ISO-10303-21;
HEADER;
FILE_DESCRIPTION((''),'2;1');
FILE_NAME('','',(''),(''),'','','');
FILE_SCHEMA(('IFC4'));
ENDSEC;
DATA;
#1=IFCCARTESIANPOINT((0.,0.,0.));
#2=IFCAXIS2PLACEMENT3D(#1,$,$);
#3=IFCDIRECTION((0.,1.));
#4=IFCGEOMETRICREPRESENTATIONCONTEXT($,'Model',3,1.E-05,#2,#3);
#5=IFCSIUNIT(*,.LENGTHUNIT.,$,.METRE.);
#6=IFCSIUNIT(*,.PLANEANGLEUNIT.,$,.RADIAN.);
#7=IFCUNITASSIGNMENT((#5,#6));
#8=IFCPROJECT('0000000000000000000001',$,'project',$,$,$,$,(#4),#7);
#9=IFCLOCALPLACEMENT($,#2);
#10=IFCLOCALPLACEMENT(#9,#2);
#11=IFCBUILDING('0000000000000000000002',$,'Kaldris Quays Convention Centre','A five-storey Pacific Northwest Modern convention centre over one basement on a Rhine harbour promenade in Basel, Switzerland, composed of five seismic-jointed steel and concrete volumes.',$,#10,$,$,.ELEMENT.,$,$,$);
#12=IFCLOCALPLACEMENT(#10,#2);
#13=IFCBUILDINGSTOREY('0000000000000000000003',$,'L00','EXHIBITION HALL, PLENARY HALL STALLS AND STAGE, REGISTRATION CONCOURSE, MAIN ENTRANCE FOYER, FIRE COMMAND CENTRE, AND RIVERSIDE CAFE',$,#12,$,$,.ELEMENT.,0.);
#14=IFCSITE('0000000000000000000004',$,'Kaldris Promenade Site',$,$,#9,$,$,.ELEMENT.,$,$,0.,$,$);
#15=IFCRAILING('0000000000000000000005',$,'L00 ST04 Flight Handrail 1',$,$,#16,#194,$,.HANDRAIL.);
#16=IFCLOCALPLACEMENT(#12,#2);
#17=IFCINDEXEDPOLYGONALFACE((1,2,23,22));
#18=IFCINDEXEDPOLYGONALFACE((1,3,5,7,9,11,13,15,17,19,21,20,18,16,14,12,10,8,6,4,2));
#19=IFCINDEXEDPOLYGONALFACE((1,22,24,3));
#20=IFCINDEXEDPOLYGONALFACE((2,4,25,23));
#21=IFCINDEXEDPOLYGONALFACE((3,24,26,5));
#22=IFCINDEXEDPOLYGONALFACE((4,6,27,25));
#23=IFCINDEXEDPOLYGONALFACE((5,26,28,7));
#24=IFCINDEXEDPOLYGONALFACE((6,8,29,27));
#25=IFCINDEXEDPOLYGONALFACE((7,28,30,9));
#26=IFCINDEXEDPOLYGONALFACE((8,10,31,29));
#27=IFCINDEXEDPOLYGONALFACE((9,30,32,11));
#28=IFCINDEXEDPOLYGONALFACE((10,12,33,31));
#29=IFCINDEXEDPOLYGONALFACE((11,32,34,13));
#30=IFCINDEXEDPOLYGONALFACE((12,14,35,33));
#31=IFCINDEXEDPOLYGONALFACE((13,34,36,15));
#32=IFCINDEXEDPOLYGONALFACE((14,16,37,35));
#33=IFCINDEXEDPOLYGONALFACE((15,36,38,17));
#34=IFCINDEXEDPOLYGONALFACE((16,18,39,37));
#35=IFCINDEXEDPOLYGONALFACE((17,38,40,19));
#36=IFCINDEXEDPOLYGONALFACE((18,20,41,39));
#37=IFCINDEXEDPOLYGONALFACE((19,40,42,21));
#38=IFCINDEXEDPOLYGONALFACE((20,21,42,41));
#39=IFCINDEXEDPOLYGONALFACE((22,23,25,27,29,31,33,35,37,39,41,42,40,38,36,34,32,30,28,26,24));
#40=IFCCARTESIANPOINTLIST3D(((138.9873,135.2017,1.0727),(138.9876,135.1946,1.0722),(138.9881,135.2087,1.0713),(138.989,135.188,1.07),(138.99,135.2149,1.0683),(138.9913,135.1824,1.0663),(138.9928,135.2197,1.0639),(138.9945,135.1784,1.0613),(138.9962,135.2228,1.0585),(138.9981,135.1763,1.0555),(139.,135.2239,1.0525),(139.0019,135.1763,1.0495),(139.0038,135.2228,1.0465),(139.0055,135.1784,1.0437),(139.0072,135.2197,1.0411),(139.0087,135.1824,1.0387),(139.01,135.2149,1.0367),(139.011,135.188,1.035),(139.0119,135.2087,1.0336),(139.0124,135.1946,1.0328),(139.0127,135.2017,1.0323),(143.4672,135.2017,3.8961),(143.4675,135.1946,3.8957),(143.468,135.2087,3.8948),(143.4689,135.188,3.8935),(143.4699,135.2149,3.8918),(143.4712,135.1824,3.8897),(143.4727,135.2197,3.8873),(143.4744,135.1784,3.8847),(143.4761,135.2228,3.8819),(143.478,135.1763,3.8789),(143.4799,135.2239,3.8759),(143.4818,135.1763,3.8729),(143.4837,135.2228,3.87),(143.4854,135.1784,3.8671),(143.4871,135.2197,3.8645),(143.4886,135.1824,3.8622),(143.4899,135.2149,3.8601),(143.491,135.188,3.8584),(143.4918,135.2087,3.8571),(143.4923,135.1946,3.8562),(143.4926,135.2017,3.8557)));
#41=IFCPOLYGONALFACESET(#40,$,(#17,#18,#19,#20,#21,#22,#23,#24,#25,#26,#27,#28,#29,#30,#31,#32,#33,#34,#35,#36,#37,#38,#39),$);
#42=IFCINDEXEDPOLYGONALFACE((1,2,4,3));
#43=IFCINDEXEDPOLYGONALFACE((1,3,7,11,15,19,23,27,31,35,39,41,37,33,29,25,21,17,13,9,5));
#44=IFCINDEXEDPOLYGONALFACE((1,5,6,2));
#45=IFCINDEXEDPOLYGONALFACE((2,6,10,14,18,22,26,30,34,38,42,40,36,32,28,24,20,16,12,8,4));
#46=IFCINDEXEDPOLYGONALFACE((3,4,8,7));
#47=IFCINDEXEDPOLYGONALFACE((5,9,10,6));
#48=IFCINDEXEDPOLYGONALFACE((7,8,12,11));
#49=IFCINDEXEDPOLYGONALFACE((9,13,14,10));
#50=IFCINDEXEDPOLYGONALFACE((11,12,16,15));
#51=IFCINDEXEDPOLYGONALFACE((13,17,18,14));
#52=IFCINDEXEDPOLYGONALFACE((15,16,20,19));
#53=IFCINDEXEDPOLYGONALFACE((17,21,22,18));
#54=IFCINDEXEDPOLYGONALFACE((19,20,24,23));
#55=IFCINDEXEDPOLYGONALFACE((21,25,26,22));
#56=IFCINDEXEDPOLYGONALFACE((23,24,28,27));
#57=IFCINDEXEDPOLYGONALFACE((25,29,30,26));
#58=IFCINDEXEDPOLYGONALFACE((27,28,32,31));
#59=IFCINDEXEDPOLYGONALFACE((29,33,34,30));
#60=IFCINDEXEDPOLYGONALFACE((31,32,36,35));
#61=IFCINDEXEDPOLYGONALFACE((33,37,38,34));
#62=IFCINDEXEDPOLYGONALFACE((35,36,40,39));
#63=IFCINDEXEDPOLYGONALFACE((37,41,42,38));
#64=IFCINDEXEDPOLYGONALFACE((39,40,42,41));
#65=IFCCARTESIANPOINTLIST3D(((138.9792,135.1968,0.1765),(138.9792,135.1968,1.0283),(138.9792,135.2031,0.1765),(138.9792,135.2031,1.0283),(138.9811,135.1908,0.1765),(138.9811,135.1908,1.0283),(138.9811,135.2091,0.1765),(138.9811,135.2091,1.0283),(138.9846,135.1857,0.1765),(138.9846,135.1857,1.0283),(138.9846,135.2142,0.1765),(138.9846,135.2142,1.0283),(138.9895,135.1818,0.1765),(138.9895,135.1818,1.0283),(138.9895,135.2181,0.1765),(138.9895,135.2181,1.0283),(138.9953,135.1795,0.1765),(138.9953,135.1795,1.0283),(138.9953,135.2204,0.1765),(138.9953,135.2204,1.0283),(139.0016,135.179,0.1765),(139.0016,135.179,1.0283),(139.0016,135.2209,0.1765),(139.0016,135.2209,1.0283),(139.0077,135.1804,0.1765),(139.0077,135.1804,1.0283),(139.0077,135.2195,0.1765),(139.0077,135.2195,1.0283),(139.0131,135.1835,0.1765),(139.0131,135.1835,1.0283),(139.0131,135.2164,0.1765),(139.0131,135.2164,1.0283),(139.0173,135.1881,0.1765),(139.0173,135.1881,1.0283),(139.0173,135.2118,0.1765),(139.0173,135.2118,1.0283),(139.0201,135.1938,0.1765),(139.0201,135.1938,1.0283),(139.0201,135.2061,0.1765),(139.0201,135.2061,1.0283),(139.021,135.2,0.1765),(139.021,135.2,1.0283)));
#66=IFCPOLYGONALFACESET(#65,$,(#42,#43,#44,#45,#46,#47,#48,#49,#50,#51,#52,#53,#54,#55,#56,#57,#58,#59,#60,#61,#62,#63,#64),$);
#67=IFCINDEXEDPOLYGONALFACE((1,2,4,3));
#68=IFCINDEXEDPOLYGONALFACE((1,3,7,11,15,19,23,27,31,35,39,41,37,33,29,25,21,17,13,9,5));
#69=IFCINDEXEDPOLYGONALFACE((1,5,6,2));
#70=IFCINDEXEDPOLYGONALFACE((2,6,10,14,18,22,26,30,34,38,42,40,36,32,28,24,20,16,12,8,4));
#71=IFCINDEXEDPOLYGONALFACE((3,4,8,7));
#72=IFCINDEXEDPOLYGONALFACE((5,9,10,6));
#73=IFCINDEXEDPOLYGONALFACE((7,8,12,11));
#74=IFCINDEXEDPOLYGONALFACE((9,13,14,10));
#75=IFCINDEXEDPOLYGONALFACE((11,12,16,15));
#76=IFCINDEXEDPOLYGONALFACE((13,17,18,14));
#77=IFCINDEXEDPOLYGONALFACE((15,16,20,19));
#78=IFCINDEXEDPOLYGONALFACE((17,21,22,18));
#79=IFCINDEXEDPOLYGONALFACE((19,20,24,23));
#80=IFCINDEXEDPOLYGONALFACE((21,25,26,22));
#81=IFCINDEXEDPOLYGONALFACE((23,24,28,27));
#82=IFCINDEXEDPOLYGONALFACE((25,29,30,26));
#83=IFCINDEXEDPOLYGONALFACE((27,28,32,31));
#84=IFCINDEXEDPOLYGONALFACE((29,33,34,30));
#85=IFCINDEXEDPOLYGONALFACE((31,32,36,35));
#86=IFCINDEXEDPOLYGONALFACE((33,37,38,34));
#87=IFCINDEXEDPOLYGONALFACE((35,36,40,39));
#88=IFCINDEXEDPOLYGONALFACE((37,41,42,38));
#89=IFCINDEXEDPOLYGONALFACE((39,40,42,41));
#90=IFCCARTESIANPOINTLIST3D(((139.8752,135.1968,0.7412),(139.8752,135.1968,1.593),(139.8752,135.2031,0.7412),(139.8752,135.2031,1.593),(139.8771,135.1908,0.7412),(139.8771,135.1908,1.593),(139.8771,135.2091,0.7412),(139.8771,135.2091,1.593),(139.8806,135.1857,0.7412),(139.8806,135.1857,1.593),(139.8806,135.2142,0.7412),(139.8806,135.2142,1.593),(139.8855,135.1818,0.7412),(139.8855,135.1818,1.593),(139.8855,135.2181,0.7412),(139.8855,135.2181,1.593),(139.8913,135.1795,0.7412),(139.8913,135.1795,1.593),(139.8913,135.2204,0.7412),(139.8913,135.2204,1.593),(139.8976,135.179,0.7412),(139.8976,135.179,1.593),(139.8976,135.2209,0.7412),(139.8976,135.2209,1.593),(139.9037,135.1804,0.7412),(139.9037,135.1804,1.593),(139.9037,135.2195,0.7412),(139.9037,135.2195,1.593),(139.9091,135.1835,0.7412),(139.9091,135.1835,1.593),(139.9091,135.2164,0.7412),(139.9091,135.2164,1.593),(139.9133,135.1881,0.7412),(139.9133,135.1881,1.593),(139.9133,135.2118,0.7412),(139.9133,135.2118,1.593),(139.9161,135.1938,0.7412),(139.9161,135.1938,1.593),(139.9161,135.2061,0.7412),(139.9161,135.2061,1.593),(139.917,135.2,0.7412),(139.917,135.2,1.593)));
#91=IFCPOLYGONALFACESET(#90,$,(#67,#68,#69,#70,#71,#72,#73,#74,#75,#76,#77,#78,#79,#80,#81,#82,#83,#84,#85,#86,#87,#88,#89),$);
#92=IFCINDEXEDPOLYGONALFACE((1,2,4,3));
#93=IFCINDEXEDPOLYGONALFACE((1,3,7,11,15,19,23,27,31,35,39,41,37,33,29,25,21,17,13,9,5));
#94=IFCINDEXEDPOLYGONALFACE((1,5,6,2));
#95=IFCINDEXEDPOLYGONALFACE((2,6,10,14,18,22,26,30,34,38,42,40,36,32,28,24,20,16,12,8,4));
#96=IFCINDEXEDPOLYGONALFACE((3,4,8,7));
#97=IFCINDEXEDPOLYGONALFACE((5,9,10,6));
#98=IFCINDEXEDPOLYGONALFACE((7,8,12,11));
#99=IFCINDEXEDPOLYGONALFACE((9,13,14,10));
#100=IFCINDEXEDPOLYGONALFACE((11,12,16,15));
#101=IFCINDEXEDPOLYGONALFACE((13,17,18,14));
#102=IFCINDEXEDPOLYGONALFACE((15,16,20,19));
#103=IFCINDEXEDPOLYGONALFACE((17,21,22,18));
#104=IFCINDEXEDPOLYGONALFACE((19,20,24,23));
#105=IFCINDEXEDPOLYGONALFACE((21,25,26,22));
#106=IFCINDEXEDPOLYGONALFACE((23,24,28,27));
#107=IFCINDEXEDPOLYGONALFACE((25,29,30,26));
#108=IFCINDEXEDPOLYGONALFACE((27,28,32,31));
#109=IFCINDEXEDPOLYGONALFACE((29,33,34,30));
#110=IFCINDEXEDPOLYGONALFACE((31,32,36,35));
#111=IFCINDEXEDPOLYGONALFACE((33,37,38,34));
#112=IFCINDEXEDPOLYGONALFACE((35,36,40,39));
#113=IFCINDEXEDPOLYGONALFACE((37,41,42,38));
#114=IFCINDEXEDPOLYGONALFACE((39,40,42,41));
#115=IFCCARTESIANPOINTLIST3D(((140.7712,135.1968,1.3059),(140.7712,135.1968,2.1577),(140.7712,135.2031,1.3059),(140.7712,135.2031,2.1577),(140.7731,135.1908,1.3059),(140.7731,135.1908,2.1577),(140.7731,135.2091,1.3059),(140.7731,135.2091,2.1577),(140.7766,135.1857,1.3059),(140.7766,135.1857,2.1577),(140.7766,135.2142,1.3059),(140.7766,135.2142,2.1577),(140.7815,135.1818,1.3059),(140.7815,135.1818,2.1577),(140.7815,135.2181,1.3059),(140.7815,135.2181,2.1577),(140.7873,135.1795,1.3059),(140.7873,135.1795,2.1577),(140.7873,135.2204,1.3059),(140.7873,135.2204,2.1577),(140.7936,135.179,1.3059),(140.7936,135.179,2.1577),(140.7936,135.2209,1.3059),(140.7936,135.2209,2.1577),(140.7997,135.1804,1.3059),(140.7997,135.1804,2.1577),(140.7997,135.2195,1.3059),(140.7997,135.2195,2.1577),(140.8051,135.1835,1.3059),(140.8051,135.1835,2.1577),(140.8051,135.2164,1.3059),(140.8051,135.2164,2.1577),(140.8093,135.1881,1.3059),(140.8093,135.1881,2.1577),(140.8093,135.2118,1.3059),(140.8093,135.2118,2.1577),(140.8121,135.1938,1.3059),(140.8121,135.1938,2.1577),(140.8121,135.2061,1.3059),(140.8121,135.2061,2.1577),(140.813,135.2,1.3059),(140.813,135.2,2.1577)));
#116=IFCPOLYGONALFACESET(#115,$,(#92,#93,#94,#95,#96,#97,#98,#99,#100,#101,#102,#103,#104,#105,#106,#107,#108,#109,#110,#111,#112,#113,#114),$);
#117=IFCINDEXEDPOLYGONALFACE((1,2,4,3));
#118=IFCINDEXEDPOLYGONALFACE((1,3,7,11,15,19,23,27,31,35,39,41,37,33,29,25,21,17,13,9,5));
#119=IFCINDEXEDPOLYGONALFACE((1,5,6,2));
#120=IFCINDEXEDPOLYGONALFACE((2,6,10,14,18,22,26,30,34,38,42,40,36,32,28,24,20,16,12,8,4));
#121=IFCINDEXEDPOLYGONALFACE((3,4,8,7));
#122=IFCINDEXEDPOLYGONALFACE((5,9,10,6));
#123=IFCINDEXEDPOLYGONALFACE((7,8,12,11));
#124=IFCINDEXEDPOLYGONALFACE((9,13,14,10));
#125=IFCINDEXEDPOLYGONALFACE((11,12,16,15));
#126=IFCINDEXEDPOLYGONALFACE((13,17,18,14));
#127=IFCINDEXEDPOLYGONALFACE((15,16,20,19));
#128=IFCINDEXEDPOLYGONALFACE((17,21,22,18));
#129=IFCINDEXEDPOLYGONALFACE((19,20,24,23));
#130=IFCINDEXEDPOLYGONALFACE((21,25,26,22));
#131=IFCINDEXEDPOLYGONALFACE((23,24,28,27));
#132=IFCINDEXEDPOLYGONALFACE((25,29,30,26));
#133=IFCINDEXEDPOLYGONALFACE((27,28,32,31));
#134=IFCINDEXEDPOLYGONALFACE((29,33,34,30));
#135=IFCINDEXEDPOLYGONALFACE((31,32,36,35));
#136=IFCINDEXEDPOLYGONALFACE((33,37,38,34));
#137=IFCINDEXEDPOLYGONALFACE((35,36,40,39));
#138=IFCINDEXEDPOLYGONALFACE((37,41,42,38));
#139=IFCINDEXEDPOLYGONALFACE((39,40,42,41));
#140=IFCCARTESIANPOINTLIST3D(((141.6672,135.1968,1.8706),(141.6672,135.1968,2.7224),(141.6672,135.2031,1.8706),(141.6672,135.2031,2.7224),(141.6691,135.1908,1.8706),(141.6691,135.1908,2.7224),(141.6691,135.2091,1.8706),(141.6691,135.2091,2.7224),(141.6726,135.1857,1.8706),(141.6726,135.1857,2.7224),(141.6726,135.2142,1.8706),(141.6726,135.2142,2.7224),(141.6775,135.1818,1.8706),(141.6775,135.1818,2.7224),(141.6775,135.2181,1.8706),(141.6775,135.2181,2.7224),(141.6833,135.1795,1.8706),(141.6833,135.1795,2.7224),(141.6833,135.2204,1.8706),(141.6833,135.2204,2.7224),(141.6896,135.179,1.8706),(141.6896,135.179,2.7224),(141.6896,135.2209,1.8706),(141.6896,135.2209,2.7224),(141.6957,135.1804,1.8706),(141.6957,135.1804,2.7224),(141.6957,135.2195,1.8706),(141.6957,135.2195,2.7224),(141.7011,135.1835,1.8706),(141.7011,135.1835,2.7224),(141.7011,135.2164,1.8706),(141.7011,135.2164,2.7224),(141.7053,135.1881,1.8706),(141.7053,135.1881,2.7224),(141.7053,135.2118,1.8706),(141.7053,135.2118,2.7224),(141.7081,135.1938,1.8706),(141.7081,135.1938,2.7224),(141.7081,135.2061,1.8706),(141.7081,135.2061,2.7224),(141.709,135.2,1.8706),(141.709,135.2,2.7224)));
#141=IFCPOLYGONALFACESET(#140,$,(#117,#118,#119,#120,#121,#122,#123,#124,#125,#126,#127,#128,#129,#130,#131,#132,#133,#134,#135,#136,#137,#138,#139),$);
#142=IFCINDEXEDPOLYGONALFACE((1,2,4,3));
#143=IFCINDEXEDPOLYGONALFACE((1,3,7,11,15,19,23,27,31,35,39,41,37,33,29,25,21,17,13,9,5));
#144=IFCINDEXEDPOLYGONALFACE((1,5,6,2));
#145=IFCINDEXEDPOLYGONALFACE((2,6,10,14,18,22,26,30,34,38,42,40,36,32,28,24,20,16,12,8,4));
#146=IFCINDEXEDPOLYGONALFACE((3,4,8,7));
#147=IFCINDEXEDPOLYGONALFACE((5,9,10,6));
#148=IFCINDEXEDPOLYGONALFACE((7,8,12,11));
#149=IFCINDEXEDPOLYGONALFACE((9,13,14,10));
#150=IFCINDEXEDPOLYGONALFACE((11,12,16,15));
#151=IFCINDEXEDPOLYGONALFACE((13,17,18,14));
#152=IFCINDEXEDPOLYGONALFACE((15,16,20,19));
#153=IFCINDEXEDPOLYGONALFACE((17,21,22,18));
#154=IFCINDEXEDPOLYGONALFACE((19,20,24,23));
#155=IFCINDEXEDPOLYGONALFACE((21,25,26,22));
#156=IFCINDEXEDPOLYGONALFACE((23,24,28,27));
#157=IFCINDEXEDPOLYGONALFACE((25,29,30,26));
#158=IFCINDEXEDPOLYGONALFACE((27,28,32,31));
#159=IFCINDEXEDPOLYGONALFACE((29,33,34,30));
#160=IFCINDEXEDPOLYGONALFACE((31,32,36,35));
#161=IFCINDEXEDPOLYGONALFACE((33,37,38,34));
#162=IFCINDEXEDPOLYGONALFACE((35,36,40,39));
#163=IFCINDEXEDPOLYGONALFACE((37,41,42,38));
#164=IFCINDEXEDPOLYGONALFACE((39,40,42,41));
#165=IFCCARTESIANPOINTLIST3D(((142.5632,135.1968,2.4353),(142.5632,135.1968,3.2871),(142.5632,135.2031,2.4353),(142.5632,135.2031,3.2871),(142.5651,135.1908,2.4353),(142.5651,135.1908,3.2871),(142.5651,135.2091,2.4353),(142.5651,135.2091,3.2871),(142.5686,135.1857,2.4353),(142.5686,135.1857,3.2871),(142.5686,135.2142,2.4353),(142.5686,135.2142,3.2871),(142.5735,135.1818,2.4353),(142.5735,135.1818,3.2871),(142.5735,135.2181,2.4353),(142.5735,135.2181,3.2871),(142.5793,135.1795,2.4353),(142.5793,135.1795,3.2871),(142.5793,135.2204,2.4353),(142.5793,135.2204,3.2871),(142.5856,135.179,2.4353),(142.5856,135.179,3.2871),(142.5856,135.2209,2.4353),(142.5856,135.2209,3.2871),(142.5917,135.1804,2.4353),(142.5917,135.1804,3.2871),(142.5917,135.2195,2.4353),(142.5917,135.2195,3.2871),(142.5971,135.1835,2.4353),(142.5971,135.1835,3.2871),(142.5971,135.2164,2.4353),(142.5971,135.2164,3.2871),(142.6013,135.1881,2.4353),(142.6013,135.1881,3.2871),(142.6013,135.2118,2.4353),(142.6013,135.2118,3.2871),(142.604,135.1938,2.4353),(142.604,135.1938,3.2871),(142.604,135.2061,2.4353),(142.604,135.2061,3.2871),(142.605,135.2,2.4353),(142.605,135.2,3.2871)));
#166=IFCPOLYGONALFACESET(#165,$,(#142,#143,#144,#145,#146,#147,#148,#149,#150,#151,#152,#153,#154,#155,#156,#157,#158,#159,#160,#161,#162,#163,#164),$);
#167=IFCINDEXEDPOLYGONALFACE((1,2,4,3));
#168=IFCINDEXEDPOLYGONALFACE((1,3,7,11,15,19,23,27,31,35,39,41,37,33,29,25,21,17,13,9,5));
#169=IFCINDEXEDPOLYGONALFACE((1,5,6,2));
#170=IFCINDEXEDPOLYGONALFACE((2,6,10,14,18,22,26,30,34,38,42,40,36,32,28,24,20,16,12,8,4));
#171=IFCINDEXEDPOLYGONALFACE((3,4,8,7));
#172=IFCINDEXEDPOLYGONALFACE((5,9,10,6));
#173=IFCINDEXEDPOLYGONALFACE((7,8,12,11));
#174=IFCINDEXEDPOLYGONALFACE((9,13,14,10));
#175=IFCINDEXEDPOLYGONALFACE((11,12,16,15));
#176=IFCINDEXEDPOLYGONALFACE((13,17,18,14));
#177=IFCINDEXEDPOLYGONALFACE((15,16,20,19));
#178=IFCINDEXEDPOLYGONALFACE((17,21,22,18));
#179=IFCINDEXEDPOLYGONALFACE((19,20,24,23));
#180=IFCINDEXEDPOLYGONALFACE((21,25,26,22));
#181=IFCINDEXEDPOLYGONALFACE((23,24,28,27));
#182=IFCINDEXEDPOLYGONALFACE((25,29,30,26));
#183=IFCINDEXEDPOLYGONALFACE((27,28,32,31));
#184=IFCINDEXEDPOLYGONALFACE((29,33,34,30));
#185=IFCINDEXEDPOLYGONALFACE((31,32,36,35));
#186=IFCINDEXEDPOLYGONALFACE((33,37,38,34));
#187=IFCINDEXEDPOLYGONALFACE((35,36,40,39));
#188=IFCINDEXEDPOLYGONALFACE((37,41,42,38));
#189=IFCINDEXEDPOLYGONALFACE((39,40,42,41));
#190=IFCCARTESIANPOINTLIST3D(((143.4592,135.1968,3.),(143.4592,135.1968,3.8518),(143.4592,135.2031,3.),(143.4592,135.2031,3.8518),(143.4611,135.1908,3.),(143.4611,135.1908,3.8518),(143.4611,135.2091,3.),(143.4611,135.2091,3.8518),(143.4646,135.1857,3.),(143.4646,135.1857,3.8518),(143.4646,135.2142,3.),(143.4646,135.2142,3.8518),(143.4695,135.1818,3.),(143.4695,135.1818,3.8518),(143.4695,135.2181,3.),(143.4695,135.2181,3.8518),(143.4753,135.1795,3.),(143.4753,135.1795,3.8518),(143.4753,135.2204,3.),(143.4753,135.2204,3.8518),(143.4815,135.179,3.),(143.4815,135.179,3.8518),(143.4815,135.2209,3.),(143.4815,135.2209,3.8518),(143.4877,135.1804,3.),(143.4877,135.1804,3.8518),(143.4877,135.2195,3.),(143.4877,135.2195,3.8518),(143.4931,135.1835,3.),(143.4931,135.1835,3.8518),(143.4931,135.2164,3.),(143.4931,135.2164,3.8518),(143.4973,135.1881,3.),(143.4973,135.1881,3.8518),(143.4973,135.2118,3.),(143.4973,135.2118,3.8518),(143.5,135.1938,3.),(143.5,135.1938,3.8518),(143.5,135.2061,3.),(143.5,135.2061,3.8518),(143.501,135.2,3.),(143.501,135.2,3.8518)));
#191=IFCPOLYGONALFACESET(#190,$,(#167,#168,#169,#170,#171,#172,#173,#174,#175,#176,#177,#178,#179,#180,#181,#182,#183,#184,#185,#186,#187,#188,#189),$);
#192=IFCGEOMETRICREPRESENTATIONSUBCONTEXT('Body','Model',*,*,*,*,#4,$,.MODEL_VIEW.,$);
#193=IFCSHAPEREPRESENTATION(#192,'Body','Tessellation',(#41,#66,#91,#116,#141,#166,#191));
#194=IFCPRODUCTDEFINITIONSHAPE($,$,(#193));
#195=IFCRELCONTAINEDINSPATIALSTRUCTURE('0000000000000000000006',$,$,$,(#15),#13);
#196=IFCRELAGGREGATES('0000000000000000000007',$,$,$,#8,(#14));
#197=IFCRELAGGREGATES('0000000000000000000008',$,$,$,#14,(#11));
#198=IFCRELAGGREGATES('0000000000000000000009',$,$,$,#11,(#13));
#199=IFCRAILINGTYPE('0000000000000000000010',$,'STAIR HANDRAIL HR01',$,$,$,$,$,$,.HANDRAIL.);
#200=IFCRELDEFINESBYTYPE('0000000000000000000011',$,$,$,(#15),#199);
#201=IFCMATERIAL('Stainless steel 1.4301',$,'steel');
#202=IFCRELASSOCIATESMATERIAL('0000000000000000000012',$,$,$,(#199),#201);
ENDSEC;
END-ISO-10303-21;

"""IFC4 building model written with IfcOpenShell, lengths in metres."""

from ifc_helpers import new_model, si_unit, direction, frame, origin, origin_2d, place, context, subcontext, project, spatial, circle, extrude, material, type_object, element, save


model = new_model("IFC4")

# Units and contexts
model_context = context("Model", 3, precision=1e-05, world=origin(), true_north=direction((0.0, 1.0)))
body_context = subcontext(model_context, "Body", "Model", "MODEL_VIEW")
ifc_project = project(units=[si_unit("LENGTHUNIT", "METRE"), si_unit("PLANEANGLEUNIT", "RADIAN")], contexts=[model_context])

# Site, building, storey
site_placement = place(None, origin())
site = spatial("IfcSite", under=ifc_project, at=site_placement, Name="Kaldris Promenade Site", CompositionType="ELEMENT", RefElevation=0.0)
building_placement = place(site_placement, origin())
building = spatial("IfcBuilding", under=site, at=building_placement, Name="Kaldris Quays Convention Centre", Description="A five-storey Pacific Northwest Modern convention centre over one basement on a Rhine harbour promenade in Basel, Switzerland, composed of five seismic-jointed steel and concrete volumes.", CompositionType="ELEMENT")
storey_placement = place(building_placement, origin())
storey = spatial("IfcBuildingStorey", under=building, at=storey_placement, Name="L00", Description="EXHIBITION HALL, PLENARY HALL STALLS AND STAGE, REGISTRATION CONCOURSE, MAIN ENTRANCE FOYER, FIRE COMMAND CENTRE, AND RIVERSIDE CAFE", CompositionType="ELEMENT", Elevation=0.0)

# Railing
ifc_material_1 = material(Name="Stainless steel 1.4301", Category="steel")
railing_type_1 = type_object("IfcRailingType", Name="STAIR HANDRAIL HR01", PredefinedType="HANDRAIL", material=ifc_material_1)
railing_1_placement = place(storey_placement, frame((139.0, 135.2, 0.1765)))
element("IfcRailing", 1, at=railing_1_placement, inside=storey, type_object=railing_type_1, Name="L00 ST04 Flight Handrail 1", PredefinedType="HANDRAIL", context=body_context, shape_type="SweptSolid", body=[
    extrude(circle(Radius=0.0239, at=origin_2d()), frame((0.0, 0.0, 0.876), z_axis=(0.845998, 0.0, 0.533186), x_axis=(0.0, 1.0, 0.0)), (0.0, 0.0, 1.0), 5.2954),
    extrude(circle(Radius=0.021, at=origin_2d()), origin(), (0.0, 0.0, 1.0), 0.8518),
    extrude(circle(Radius=0.021, at=origin_2d()), frame((0.896, 0.0, 0.5647)), (0.0, 0.0, 1.0), 0.8518),
    extrude(circle(Radius=0.021, at=origin_2d()), frame((1.792, 0.0, 1.1294)), (0.0, 0.0, 1.0), 0.8518),
    extrude(circle(Radius=0.021, at=origin_2d()), frame((2.688, 0.0, 1.6941)), (0.0, 0.0, 1.0), 0.8518),
    extrude(circle(Radius=0.021, at=origin_2d()), frame((3.584, 0.0, 2.2588)), (0.0, 0.0, 1.0), 0.8518),
    extrude(circle(Radius=0.021, at=origin_2d()), frame((4.48, 0.0, 2.8235)), (0.0, 0.0, 1.0), 0.8518),
])

save(model, "model.ifc")
